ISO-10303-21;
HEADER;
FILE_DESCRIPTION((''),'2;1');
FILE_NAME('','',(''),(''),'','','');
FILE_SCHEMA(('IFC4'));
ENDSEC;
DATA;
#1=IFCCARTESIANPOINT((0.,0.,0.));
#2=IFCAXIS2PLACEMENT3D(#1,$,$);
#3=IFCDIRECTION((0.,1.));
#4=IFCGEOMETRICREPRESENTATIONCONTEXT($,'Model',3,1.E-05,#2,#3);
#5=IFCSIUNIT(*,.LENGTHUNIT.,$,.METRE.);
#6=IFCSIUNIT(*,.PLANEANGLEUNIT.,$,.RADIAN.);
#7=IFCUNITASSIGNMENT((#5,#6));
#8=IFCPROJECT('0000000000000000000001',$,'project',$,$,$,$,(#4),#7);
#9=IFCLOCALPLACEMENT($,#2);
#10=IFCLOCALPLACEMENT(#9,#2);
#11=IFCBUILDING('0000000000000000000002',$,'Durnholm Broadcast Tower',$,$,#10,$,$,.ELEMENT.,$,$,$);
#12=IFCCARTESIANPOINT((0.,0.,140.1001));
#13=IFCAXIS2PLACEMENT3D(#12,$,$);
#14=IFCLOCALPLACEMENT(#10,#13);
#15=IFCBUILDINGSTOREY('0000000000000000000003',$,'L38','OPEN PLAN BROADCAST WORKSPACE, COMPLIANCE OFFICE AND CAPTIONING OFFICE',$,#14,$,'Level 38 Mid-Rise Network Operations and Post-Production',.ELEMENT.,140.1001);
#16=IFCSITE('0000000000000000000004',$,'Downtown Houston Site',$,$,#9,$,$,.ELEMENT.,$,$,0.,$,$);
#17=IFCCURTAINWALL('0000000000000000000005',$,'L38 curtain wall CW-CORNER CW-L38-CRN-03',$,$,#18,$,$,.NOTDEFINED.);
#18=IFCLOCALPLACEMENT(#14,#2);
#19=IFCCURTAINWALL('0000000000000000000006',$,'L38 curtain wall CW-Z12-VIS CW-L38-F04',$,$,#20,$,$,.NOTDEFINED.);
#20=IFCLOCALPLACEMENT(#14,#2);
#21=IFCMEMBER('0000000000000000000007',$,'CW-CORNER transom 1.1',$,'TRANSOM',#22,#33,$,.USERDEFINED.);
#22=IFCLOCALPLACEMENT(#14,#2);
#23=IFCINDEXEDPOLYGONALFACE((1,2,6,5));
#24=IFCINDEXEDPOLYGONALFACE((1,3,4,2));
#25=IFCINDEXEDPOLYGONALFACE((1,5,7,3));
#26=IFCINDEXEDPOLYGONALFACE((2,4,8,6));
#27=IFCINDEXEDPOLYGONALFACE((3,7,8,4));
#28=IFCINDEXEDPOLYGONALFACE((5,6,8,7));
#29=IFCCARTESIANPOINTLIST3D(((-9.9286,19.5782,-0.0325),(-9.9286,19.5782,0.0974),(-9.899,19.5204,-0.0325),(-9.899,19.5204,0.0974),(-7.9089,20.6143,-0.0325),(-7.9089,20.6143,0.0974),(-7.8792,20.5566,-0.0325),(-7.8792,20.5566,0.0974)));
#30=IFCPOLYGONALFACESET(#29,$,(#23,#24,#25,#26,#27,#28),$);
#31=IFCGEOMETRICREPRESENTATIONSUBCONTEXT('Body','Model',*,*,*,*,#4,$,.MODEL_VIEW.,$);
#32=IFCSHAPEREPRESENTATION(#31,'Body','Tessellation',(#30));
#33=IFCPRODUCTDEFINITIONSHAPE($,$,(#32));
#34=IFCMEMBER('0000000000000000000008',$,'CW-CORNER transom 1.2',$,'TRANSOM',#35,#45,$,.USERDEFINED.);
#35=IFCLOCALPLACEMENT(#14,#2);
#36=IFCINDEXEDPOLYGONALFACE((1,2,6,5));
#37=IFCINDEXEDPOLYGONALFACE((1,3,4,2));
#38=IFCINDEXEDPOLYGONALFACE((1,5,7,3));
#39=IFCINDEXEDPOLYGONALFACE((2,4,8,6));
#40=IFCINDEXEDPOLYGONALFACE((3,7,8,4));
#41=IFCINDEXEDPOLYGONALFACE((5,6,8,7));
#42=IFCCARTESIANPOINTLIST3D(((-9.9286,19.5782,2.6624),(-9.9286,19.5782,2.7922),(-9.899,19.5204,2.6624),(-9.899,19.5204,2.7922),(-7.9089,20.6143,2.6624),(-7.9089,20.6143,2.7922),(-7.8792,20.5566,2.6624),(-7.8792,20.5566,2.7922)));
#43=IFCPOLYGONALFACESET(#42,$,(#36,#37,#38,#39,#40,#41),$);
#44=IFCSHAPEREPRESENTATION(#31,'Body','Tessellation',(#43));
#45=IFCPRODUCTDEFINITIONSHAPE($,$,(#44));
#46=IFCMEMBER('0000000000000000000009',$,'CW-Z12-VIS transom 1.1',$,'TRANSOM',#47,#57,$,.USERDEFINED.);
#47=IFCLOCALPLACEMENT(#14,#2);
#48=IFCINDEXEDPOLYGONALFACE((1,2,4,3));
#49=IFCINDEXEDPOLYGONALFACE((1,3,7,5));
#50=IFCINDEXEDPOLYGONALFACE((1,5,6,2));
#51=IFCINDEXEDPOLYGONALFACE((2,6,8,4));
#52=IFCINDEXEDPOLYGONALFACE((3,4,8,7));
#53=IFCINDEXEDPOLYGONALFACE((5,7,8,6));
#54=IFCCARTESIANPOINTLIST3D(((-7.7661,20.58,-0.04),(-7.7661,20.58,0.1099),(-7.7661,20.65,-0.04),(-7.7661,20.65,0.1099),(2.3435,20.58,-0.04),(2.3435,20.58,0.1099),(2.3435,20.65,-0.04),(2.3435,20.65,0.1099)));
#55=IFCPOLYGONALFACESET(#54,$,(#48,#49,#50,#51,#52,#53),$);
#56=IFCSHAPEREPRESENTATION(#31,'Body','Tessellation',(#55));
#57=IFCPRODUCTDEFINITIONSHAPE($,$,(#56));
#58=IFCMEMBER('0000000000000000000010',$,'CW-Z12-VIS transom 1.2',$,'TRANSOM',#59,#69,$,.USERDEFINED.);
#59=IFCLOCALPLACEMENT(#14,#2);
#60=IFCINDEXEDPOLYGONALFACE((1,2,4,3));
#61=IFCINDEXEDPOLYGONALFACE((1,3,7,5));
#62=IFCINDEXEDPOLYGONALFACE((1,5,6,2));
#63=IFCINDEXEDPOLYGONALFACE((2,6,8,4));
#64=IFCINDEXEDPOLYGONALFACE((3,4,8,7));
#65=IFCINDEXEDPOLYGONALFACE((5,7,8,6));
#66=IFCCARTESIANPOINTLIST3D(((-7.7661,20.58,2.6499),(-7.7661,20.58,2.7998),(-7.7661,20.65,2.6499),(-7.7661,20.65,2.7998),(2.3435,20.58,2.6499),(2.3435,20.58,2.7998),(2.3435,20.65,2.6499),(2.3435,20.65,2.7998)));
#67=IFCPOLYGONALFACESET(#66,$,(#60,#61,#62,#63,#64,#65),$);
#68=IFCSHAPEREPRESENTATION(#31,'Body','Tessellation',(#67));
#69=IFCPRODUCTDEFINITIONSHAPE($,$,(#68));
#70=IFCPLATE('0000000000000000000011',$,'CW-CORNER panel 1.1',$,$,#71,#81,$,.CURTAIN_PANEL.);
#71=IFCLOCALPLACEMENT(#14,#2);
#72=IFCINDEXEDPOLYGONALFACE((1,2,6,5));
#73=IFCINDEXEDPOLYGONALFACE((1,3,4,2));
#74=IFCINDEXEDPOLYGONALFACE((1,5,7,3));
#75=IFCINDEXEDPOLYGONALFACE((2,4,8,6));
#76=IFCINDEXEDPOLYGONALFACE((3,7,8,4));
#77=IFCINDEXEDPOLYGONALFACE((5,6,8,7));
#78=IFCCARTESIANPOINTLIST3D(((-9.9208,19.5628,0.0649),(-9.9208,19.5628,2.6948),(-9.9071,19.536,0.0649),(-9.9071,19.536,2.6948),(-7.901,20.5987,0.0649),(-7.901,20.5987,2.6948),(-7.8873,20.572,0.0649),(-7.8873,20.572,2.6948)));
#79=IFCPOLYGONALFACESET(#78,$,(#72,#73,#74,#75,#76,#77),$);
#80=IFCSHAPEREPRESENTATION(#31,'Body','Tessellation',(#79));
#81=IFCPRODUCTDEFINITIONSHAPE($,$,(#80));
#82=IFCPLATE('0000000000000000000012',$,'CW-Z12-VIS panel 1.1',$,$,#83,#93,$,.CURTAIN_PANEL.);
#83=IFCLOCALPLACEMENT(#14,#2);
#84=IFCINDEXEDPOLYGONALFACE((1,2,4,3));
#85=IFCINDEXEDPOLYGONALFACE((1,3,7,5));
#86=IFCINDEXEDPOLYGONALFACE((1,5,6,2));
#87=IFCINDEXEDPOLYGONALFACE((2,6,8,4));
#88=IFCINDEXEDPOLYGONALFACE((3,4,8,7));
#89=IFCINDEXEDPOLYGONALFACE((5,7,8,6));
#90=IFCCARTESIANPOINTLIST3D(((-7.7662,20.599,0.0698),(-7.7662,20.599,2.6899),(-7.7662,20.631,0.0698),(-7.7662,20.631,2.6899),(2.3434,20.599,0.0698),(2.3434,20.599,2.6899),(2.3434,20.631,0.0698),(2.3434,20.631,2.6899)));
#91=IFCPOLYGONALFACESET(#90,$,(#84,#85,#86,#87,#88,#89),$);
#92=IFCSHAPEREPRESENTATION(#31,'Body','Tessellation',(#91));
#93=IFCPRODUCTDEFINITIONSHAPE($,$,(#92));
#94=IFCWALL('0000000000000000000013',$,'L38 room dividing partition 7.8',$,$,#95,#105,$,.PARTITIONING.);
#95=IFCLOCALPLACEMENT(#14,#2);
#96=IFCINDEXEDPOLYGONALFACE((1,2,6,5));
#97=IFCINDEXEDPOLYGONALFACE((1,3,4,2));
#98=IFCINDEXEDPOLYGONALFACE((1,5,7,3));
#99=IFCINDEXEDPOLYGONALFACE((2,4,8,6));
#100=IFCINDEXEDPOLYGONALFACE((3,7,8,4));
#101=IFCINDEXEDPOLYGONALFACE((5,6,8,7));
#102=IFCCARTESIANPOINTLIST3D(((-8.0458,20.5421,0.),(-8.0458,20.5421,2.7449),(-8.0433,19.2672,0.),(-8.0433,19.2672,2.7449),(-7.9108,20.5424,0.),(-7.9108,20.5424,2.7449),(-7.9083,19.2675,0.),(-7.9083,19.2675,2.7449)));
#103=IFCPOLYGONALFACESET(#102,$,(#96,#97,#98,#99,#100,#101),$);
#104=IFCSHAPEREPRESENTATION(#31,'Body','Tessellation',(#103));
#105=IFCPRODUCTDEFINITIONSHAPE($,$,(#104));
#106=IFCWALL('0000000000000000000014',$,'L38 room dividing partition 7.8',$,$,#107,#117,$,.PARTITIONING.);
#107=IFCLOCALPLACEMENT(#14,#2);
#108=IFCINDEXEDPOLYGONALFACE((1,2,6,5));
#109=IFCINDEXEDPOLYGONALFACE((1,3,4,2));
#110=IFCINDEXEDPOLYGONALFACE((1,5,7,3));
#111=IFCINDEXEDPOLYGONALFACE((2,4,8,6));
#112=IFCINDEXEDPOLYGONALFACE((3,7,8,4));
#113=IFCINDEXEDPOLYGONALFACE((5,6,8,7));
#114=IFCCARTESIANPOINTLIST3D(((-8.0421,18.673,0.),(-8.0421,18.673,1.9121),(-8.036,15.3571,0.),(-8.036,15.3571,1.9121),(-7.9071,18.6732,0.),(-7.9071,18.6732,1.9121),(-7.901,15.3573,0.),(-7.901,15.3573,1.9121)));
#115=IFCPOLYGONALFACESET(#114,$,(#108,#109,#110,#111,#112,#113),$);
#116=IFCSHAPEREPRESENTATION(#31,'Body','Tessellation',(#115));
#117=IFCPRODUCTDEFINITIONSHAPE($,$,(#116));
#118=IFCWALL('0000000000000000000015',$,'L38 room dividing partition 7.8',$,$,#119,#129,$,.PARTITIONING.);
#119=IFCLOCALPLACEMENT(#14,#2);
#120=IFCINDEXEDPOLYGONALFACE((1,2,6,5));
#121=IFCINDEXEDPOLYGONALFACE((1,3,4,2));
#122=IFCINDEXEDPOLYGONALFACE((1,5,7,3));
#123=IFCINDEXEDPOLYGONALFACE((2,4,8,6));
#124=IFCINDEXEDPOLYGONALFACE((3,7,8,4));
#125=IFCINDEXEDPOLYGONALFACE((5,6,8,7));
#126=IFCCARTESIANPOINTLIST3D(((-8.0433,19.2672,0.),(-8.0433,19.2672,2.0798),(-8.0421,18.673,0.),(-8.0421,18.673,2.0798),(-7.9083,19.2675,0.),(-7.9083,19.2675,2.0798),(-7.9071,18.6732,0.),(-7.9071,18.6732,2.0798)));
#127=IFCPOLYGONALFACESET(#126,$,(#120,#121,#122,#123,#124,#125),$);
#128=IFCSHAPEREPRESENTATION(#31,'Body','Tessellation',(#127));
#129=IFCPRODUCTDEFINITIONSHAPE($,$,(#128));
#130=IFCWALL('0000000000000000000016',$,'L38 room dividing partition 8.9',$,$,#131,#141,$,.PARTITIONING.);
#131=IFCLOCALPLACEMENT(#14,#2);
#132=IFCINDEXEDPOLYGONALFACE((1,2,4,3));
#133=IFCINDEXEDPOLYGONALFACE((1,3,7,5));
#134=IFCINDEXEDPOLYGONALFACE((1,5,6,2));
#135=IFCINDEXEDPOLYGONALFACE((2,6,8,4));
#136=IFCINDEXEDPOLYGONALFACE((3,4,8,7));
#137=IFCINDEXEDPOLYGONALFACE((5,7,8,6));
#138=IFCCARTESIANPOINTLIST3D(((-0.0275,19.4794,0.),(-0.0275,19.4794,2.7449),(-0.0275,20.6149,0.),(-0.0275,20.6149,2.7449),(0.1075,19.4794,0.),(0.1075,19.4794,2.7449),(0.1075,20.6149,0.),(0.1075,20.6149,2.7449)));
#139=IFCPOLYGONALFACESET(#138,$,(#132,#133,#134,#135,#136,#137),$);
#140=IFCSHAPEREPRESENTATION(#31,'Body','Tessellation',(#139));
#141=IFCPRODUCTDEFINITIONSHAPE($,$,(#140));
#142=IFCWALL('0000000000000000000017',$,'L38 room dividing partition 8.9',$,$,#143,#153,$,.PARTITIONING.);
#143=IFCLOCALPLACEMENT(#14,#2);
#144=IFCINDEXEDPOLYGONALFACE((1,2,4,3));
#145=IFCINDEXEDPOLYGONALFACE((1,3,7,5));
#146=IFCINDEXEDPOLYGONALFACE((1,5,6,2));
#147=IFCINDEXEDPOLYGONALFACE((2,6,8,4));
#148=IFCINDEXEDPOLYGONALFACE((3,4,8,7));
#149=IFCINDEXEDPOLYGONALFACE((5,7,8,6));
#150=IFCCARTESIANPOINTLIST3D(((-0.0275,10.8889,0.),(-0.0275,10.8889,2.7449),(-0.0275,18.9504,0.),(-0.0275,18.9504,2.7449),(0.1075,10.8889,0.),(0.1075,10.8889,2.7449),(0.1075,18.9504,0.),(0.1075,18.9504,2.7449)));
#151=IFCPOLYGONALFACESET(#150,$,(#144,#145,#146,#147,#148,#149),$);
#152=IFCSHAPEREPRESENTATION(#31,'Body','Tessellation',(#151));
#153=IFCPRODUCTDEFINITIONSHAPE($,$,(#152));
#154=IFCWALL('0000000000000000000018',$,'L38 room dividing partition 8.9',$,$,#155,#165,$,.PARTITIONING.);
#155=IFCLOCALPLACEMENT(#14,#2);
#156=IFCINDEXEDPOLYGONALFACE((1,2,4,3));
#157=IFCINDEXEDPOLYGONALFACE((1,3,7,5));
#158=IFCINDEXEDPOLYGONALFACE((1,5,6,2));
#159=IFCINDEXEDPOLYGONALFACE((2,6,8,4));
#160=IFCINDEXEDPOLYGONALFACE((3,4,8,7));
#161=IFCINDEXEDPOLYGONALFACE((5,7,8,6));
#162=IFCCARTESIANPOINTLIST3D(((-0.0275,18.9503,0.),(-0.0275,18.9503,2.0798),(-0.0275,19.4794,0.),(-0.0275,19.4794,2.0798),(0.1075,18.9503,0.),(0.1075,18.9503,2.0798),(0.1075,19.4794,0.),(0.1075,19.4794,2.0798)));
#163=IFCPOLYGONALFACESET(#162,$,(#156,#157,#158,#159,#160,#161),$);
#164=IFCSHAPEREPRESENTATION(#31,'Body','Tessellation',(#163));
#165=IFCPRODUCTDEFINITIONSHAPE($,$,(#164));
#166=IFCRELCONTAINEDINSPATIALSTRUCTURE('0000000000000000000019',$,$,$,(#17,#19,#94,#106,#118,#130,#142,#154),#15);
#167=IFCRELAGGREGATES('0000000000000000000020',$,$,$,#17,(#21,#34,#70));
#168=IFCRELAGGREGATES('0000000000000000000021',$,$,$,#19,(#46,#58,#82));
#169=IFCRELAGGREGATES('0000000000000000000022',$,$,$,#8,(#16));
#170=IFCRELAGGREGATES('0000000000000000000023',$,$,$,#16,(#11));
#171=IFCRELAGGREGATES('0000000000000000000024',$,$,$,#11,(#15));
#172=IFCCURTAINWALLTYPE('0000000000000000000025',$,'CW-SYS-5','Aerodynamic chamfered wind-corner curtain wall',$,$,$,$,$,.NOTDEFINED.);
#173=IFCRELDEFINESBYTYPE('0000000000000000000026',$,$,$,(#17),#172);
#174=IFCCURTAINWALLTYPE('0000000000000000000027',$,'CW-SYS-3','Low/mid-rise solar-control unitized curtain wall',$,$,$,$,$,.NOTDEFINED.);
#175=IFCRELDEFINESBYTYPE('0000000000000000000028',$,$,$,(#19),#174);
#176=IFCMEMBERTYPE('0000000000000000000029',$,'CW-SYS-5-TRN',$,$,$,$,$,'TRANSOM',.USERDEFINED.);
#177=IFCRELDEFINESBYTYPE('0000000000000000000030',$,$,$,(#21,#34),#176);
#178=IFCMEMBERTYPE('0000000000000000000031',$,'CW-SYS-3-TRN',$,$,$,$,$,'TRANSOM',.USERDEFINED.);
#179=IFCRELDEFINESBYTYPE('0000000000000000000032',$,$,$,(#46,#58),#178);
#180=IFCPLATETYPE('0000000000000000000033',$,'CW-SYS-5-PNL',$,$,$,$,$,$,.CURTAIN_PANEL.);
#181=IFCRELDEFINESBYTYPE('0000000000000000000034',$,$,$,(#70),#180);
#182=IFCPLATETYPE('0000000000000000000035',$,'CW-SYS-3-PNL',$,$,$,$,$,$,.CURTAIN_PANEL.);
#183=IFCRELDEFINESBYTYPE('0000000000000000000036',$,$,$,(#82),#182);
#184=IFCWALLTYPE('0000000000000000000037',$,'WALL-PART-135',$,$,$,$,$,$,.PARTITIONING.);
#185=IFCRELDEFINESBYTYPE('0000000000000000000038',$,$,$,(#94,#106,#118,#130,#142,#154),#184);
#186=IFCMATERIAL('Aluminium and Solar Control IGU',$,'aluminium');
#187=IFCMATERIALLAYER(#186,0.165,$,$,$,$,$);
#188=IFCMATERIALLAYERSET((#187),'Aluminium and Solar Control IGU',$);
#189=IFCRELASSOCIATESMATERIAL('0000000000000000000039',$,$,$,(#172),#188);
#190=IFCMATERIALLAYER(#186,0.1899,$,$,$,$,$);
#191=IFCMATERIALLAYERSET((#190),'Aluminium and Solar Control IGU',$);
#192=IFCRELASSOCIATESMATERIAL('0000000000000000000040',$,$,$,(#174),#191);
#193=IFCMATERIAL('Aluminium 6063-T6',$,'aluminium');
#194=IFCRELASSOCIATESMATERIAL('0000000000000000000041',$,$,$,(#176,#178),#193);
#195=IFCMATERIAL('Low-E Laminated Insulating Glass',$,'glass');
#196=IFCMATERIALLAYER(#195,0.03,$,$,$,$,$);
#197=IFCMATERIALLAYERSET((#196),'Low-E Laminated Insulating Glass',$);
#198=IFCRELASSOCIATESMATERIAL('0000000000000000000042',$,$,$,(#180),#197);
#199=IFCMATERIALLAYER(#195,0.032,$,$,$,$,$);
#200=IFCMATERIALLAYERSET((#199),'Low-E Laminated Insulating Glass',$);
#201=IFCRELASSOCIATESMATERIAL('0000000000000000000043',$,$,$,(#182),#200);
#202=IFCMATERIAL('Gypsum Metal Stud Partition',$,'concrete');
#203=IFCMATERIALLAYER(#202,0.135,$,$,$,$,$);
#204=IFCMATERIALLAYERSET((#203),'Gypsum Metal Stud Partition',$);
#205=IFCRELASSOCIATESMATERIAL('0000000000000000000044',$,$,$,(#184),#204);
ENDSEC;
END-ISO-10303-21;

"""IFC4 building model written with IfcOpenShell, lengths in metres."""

from ifc_helpers import new_model, si_unit, direction, frame, frame_2d, origin, origin_2d, place, context, subcontext, project, spatial, rectangle, extrude, source, transform, mapped, material, layer, layer_set, material_profile, profile_set, type_object, type_shapes, element, aggregate, save


model = new_model("IFC4")

# Units and contexts
model_context = context("Model", 3, precision=1e-05, world=origin(), true_north=direction((0.0, 1.0)))
body_context = subcontext(model_context, "Body", "Model", "MODEL_VIEW")
ifc_project = project(units=[si_unit("LENGTHUNIT", "METRE"), si_unit("PLANEANGLEUNIT", "RADIAN")], contexts=[model_context])

# Site, building, storey
site_placement = place(None, origin())
site = spatial("IfcSite", under=ifc_project, at=site_placement, Name="Downtown Houston Site", CompositionType="ELEMENT", RefElevation=0.0)
building_placement = place(site_placement, origin())
building = spatial("IfcBuilding", under=site, at=building_placement, Name="Durnholm Broadcast Tower", CompositionType="ELEMENT")
storey_placement = place(building_placement, frame((0.0, 0.0, 140.1001)))
storey = spatial("IfcBuildingStorey", under=building, at=storey_placement, Name="L38", Description="OPEN PLAN BROADCAST WORKSPACE, COMPLIANCE OFFICE AND CAPTIONING OFFICE", LongName="Level 38 Mid-Rise Network Operations and Post-Production", CompositionType="ELEMENT", Elevation=140.1001)

# Curtain walls
ifc_material_1 = material(Name="Aluminium and Solar Control IGU", Category="aluminium")
ifc_layer_1 = layer(ifc_material_1, 0.165)
ifc_layer_set_1 = layer_set([ifc_layer_1], Name="Aluminium and Solar Control IGU")
curtain_wall_type_1 = type_object("IfcCurtainWallType", Name="CW-SYS-5", Description="Aerodynamic chamfered wind-corner curtain wall", PredefinedType="NOTDEFINED", material=ifc_layer_set_1)
curtain_wall_1_placement = place(storey_placement, origin())
curtain_wall_1 = element("IfcCurtainWall", 1, at=curtain_wall_1_placement, inside=storey, type_object=curtain_wall_type_1, Name="L38 curtain wall CW-CORNER CW-L38-CRN-03", PredefinedType="NOTDEFINED")
ifc_material_2 = material(Name="Aluminium 6063-T6", Category="aluminium")
ifc_layer_2 = layer(ifc_material_1, 0.1899)
ifc_layer_set_2 = layer_set([ifc_layer_2], Name="Aluminium and Solar Control IGU")
curtain_wall_type_2 = type_object("IfcCurtainWallType", Name="CW-SYS-3", Description="Low/mid-rise solar-control unitized curtain wall", PredefinedType="NOTDEFINED", material=ifc_layer_set_2)
curtain_wall_2_placement = place(storey_placement, origin())
curtain_wall_2 = element("IfcCurtainWall", 2, at=curtain_wall_2_placement, inside=storey, type_object=curtain_wall_type_2, Name="L38 curtain wall CW-Z12-VIS CW-L38-F04", PredefinedType="NOTDEFINED")

# Members
ifc_material_profile_1 = material_profile(ifc_material_2, rectangle(XDim=0.0649, YDim=0.1299, at=origin_2d()), Name="CWT65X130")
ifc_profile_set_1 = profile_set([ifc_material_profile_1], Name="Aluminium 6063-T6")
member_type_1 = type_object("IfcMemberType", Name="CW-SYS-5-TRN", ElementType="TRANSOM", PredefinedType="USERDEFINED", material=ifc_profile_set_1)
shared_shape_1 = source(origin(), body_context, "Body", "SweptSolid", [
    extrude(rectangle(XDim=0.0649, YDim=0.1299, at=origin_2d()), origin(), (0.0, 0.0, 1.0), 2.27),
])
type_shapes(member_type_1, [shared_shape_1])
member_1_placement = place(storey_placement, frame((-9.9138, 19.5493, 0.0325), z_axis=(0.889755, 0.456439, 0.0), x_axis=(-0.456439, 0.889755, 0.0)))
member_1 = element("IfcMember", 3, at=member_1_placement, type_object=member_type_1, Name="CW-CORNER transom 1.1", ObjectType="TRANSOM", PredefinedType="USERDEFINED", context=body_context, shape_type="MappedRepresentation", body=[
    mapped(shared_shape_1, transform((0.0, 0.0, 0.0), x_axis=(1.0, 0.0, 0.0), y_axis=(0.0, 1.0, 0.0), z_axis=(0.0, 0.0, 1.0), scale=1.0)),
])
member_2_placement = place(storey_placement, frame((-9.9138, 19.5493, 2.7273), z_axis=(0.889755, 0.456439, 0.0), x_axis=(-0.456439, 0.889755, 0.0)))
member_2 = element("IfcMember", 4, at=member_2_placement, type_object=member_type_1, Name="CW-CORNER transom 1.2", ObjectType="TRANSOM", PredefinedType="USERDEFINED", context=body_context, shape_type="MappedRepresentation", body=[
    mapped(shared_shape_1, transform((0.0, 0.0, 0.0), x_axis=(1.0, 0.0, 0.0), y_axis=(0.0, 1.0, 0.0), z_axis=(0.0, 0.0, 1.0), scale=1.0)),
])
ifc_material_profile_2 = material_profile(ifc_material_2, rectangle(XDim=0.0701, YDim=0.1499, at=origin_2d()), Name="CWT70X150")
ifc_profile_set_2 = profile_set([ifc_material_profile_2], Name="Aluminium 6063-T6")
member_type_2 = type_object("IfcMemberType", Name="CW-SYS-3-TRN", ElementType="TRANSOM", PredefinedType="USERDEFINED", material=ifc_profile_set_2)
shared_shape_2 = source(origin(), body_context, "Body", "SweptSolid", [
    extrude(rectangle(XDim=0.0701, YDim=0.1499, at=origin_2d()), origin(), (0.0, 0.0, 1.0), 10.1096),
])
type_shapes(member_type_2, [shared_shape_2])
member_3_placement = place(storey_placement, frame((-7.7661, 20.615, 0.0349), z_axis=(1.0, 0.0, 0.0), x_axis=(0.0, 1.0, 0.0)))
member_3 = element("IfcMember", 5, at=member_3_placement, type_object=member_type_2, Name="CW-Z12-VIS transom 1.1", ObjectType="TRANSOM", PredefinedType="USERDEFINED", context=body_context, shape_type="MappedRepresentation", body=[
    mapped(shared_shape_2, transform((0.0, 0.0, 0.0), x_axis=(1.0, 0.0, 0.0), y_axis=(0.0, 1.0, 0.0), z_axis=(0.0, 0.0, 1.0), scale=1.0)),
])
member_4_placement = place(storey_placement, frame((-7.7661, 20.615, 2.7249), z_axis=(1.0, 0.0, 0.0), x_axis=(0.0, 1.0, 0.0)))
member_4 = element("IfcMember", 6, at=member_4_placement, type_object=member_type_2, Name="CW-Z12-VIS transom 1.2", ObjectType="TRANSOM", PredefinedType="USERDEFINED", context=body_context, shape_type="MappedRepresentation", body=[
    mapped(shared_shape_2, transform((0.0, 0.0, 0.0), x_axis=(1.0, 0.0, 0.0), y_axis=(0.0, 1.0, 0.0), z_axis=(0.0, 0.0, 1.0), scale=1.0)),
])

# Plates
ifc_material_3 = material(Name="Low-E Laminated Insulating Glass", Category="glass")
ifc_layer_3 = layer(ifc_material_3, 0.03)
ifc_layer_set_3 = layer_set([ifc_layer_3], Name="Low-E Laminated Insulating Glass")
plate_type_1 = type_object("IfcPlateType", Name="CW-SYS-5-PNL", PredefinedType="CURTAIN_PANEL", material=ifc_layer_set_3)
shared_shape_3 = source(origin(), body_context, "Body", "SweptSolid", [
    extrude(rectangle(XDim=2.27, YDim=0.03, at=origin_2d()), origin(), (0.0, 0.0, 1.0), 2.6299),
])
type_shapes(plate_type_1, [shared_shape_3])
plate_1_placement = place(storey_placement, frame((-8.9041, 20.0674, 0.0649), z_axis=(0.0, 0.0, 1.0), x_axis=(0.889788, 0.456373, 0.0)))
plate_1 = element("IfcPlate", 7, at=plate_1_placement, type_object=plate_type_1, Name="CW-CORNER panel 1.1", PredefinedType="CURTAIN_PANEL", context=body_context, shape_type="MappedRepresentation", body=[
    mapped(shared_shape_3, transform((0.0, 0.0, 0.0), x_axis=(1.0, 0.0, 0.0), y_axis=(0.0, 1.0, 0.0), z_axis=(0.0, 0.0, 1.0), scale=1.0)),
])
aggregate(curtain_wall_1, [member_1, member_2, plate_1])
ifc_layer_4 = layer(ifc_material_3, 0.032)
ifc_layer_set_4 = layer_set([ifc_layer_4], Name="Low-E Laminated Insulating Glass")
plate_type_2 = type_object("IfcPlateType", Name="CW-SYS-3-PNL", PredefinedType="CURTAIN_PANEL", material=ifc_layer_set_4)
shared_shape_4 = source(origin(), body_context, "Body", "SweptSolid", [
    extrude(rectangle(XDim=10.1096, YDim=0.032, at=origin_2d()), origin(), (0.0, 0.0, 1.0), 2.6201),
])
type_shapes(plate_type_2, [shared_shape_4])
plate_2_placement = place(storey_placement, frame((-2.7114, 20.615, 0.0698), z_axis=(0.0, 0.0, 1.0), x_axis=(1.0, 0.0, 0.0)))
plate_2 = element("IfcPlate", 8, at=plate_2_placement, type_object=plate_type_2, Name="CW-Z12-VIS panel 1.1", PredefinedType="CURTAIN_PANEL", context=body_context, shape_type="MappedRepresentation", body=[
    mapped(shared_shape_4, transform((0.0, 0.0, 0.0), x_axis=(1.0, 0.0, 0.0), y_axis=(0.0, 1.0, 0.0), z_axis=(0.0, 0.0, 1.0), scale=1.0)),
])
aggregate(curtain_wall_2, [member_3, member_4, plate_2])

# Walls
ifc_material_4 = material(Name="Gypsum Metal Stud Partition", Category="concrete")
ifc_layer_5 = layer(ifc_material_4, 0.135)
ifc_layer_set_5 = layer_set([ifc_layer_5], Name="Gypsum Metal Stud Partition")
wall_type = type_object("IfcWallType", Name="WALL-PART-135", PredefinedType="PARTITIONING", material=ifc_layer_set_5)
wall_1_placement = place(storey_placement, frame((-7.9783, 20.5422, 0.0), z_axis=(0.0, 0.0, 1.0), x_axis=(0.001915, -0.999998, 0.0)))
element("IfcWall", 9, at=wall_1_placement, inside=storey, type_object=wall_type, Name="L38 room dividing partition 7.8", PredefinedType="PARTITIONING", context=body_context, shape_type="SweptSolid", body=[
    extrude(rectangle(XDim=1.2749, YDim=0.135, at=frame_2d((0.6375, 0.0))), origin(), (0.0, 0.0, 1.0), 2.7449),
])
wall_2_placement = place(storey_placement, frame((-7.9746, 18.6731, 0.0), z_axis=(0.0, 0.0, 1.0), x_axis=(0.001841, -0.999998, 0.0)))
element("IfcWall", 10, at=wall_2_placement, inside=storey, type_object=wall_type, Name="L38 room dividing partition 7.8", PredefinedType="PARTITIONING", context=body_context, shape_type="SweptSolid", body=[
    extrude(rectangle(XDim=3.3159, YDim=0.135, at=frame_2d((1.658, 0.0))), origin(), (0.0, 0.0, 1.0), 1.9121),
])
wall_3_placement = place(storey_placement, frame((-7.9758, 19.2673, 0.0), z_axis=(0.0, 0.0, 1.0), x_axis=(0.002054, -0.999998, 0.0)))
element("IfcWall", 11, at=wall_3_placement, inside=storey, type_object=wall_type, Name="L38 room dividing partition 7.8", PredefinedType="PARTITIONING", context=body_context, shape_type="SweptSolid", body=[
    extrude(rectangle(XDim=0.5942, YDim=0.135, at=frame_2d((0.2971, 0.0))), origin(), (0.0, 0.0, 1.0), 2.0798),
])
wall_4_placement = place(storey_placement, frame((0.04, 20.615, 0.0), z_axis=(0.0, 0.0, 1.0), x_axis=(0.0, -1.0, 0.0)))
element("IfcWall", 12, at=wall_4_placement, inside=storey, type_object=wall_type, Name="L38 room dividing partition 8.9", PredefinedType="PARTITIONING", context=body_context, shape_type="SweptSolid", body=[
    extrude(rectangle(XDim=1.1355, YDim=0.135, at=frame_2d((0.5679, 0.0))), origin(), (0.0, 0.0, 1.0), 2.7449),
])
wall_5_placement = place(storey_placement, frame((0.04, 18.9504, 0.0), z_axis=(0.0, 0.0, 1.0), x_axis=(0.0, -1.0, 0.0)))
element("IfcWall", 13, at=wall_5_placement, inside=storey, type_object=wall_type, Name="L38 room dividing partition 8.9", PredefinedType="PARTITIONING", context=body_context, shape_type="SweptSolid", body=[
    extrude(rectangle(XDim=8.0615, YDim=0.135, at=frame_2d((4.0308, 0.0))), origin(), (0.0, 0.0, 1.0), 2.7449),
])
wall_6_placement = place(storey_placement, frame((0.04, 19.4795, 0.0), z_axis=(0.0, 0.0, 1.0), x_axis=(0.0, -1.0, 0.0)))
element("IfcWall", 14, at=wall_6_placement, inside=storey, type_object=wall_type, Name="L38 room dividing partition 8.9", PredefinedType="PARTITIONING", context=body_context, shape_type="SweptSolid", body=[
    extrude(rectangle(XDim=0.5291, YDim=0.135, at=frame_2d((0.2646, 0.0))), origin(), (0.0, 0.0, 1.0), 2.0798),
])

save(model, "model.ifc")
